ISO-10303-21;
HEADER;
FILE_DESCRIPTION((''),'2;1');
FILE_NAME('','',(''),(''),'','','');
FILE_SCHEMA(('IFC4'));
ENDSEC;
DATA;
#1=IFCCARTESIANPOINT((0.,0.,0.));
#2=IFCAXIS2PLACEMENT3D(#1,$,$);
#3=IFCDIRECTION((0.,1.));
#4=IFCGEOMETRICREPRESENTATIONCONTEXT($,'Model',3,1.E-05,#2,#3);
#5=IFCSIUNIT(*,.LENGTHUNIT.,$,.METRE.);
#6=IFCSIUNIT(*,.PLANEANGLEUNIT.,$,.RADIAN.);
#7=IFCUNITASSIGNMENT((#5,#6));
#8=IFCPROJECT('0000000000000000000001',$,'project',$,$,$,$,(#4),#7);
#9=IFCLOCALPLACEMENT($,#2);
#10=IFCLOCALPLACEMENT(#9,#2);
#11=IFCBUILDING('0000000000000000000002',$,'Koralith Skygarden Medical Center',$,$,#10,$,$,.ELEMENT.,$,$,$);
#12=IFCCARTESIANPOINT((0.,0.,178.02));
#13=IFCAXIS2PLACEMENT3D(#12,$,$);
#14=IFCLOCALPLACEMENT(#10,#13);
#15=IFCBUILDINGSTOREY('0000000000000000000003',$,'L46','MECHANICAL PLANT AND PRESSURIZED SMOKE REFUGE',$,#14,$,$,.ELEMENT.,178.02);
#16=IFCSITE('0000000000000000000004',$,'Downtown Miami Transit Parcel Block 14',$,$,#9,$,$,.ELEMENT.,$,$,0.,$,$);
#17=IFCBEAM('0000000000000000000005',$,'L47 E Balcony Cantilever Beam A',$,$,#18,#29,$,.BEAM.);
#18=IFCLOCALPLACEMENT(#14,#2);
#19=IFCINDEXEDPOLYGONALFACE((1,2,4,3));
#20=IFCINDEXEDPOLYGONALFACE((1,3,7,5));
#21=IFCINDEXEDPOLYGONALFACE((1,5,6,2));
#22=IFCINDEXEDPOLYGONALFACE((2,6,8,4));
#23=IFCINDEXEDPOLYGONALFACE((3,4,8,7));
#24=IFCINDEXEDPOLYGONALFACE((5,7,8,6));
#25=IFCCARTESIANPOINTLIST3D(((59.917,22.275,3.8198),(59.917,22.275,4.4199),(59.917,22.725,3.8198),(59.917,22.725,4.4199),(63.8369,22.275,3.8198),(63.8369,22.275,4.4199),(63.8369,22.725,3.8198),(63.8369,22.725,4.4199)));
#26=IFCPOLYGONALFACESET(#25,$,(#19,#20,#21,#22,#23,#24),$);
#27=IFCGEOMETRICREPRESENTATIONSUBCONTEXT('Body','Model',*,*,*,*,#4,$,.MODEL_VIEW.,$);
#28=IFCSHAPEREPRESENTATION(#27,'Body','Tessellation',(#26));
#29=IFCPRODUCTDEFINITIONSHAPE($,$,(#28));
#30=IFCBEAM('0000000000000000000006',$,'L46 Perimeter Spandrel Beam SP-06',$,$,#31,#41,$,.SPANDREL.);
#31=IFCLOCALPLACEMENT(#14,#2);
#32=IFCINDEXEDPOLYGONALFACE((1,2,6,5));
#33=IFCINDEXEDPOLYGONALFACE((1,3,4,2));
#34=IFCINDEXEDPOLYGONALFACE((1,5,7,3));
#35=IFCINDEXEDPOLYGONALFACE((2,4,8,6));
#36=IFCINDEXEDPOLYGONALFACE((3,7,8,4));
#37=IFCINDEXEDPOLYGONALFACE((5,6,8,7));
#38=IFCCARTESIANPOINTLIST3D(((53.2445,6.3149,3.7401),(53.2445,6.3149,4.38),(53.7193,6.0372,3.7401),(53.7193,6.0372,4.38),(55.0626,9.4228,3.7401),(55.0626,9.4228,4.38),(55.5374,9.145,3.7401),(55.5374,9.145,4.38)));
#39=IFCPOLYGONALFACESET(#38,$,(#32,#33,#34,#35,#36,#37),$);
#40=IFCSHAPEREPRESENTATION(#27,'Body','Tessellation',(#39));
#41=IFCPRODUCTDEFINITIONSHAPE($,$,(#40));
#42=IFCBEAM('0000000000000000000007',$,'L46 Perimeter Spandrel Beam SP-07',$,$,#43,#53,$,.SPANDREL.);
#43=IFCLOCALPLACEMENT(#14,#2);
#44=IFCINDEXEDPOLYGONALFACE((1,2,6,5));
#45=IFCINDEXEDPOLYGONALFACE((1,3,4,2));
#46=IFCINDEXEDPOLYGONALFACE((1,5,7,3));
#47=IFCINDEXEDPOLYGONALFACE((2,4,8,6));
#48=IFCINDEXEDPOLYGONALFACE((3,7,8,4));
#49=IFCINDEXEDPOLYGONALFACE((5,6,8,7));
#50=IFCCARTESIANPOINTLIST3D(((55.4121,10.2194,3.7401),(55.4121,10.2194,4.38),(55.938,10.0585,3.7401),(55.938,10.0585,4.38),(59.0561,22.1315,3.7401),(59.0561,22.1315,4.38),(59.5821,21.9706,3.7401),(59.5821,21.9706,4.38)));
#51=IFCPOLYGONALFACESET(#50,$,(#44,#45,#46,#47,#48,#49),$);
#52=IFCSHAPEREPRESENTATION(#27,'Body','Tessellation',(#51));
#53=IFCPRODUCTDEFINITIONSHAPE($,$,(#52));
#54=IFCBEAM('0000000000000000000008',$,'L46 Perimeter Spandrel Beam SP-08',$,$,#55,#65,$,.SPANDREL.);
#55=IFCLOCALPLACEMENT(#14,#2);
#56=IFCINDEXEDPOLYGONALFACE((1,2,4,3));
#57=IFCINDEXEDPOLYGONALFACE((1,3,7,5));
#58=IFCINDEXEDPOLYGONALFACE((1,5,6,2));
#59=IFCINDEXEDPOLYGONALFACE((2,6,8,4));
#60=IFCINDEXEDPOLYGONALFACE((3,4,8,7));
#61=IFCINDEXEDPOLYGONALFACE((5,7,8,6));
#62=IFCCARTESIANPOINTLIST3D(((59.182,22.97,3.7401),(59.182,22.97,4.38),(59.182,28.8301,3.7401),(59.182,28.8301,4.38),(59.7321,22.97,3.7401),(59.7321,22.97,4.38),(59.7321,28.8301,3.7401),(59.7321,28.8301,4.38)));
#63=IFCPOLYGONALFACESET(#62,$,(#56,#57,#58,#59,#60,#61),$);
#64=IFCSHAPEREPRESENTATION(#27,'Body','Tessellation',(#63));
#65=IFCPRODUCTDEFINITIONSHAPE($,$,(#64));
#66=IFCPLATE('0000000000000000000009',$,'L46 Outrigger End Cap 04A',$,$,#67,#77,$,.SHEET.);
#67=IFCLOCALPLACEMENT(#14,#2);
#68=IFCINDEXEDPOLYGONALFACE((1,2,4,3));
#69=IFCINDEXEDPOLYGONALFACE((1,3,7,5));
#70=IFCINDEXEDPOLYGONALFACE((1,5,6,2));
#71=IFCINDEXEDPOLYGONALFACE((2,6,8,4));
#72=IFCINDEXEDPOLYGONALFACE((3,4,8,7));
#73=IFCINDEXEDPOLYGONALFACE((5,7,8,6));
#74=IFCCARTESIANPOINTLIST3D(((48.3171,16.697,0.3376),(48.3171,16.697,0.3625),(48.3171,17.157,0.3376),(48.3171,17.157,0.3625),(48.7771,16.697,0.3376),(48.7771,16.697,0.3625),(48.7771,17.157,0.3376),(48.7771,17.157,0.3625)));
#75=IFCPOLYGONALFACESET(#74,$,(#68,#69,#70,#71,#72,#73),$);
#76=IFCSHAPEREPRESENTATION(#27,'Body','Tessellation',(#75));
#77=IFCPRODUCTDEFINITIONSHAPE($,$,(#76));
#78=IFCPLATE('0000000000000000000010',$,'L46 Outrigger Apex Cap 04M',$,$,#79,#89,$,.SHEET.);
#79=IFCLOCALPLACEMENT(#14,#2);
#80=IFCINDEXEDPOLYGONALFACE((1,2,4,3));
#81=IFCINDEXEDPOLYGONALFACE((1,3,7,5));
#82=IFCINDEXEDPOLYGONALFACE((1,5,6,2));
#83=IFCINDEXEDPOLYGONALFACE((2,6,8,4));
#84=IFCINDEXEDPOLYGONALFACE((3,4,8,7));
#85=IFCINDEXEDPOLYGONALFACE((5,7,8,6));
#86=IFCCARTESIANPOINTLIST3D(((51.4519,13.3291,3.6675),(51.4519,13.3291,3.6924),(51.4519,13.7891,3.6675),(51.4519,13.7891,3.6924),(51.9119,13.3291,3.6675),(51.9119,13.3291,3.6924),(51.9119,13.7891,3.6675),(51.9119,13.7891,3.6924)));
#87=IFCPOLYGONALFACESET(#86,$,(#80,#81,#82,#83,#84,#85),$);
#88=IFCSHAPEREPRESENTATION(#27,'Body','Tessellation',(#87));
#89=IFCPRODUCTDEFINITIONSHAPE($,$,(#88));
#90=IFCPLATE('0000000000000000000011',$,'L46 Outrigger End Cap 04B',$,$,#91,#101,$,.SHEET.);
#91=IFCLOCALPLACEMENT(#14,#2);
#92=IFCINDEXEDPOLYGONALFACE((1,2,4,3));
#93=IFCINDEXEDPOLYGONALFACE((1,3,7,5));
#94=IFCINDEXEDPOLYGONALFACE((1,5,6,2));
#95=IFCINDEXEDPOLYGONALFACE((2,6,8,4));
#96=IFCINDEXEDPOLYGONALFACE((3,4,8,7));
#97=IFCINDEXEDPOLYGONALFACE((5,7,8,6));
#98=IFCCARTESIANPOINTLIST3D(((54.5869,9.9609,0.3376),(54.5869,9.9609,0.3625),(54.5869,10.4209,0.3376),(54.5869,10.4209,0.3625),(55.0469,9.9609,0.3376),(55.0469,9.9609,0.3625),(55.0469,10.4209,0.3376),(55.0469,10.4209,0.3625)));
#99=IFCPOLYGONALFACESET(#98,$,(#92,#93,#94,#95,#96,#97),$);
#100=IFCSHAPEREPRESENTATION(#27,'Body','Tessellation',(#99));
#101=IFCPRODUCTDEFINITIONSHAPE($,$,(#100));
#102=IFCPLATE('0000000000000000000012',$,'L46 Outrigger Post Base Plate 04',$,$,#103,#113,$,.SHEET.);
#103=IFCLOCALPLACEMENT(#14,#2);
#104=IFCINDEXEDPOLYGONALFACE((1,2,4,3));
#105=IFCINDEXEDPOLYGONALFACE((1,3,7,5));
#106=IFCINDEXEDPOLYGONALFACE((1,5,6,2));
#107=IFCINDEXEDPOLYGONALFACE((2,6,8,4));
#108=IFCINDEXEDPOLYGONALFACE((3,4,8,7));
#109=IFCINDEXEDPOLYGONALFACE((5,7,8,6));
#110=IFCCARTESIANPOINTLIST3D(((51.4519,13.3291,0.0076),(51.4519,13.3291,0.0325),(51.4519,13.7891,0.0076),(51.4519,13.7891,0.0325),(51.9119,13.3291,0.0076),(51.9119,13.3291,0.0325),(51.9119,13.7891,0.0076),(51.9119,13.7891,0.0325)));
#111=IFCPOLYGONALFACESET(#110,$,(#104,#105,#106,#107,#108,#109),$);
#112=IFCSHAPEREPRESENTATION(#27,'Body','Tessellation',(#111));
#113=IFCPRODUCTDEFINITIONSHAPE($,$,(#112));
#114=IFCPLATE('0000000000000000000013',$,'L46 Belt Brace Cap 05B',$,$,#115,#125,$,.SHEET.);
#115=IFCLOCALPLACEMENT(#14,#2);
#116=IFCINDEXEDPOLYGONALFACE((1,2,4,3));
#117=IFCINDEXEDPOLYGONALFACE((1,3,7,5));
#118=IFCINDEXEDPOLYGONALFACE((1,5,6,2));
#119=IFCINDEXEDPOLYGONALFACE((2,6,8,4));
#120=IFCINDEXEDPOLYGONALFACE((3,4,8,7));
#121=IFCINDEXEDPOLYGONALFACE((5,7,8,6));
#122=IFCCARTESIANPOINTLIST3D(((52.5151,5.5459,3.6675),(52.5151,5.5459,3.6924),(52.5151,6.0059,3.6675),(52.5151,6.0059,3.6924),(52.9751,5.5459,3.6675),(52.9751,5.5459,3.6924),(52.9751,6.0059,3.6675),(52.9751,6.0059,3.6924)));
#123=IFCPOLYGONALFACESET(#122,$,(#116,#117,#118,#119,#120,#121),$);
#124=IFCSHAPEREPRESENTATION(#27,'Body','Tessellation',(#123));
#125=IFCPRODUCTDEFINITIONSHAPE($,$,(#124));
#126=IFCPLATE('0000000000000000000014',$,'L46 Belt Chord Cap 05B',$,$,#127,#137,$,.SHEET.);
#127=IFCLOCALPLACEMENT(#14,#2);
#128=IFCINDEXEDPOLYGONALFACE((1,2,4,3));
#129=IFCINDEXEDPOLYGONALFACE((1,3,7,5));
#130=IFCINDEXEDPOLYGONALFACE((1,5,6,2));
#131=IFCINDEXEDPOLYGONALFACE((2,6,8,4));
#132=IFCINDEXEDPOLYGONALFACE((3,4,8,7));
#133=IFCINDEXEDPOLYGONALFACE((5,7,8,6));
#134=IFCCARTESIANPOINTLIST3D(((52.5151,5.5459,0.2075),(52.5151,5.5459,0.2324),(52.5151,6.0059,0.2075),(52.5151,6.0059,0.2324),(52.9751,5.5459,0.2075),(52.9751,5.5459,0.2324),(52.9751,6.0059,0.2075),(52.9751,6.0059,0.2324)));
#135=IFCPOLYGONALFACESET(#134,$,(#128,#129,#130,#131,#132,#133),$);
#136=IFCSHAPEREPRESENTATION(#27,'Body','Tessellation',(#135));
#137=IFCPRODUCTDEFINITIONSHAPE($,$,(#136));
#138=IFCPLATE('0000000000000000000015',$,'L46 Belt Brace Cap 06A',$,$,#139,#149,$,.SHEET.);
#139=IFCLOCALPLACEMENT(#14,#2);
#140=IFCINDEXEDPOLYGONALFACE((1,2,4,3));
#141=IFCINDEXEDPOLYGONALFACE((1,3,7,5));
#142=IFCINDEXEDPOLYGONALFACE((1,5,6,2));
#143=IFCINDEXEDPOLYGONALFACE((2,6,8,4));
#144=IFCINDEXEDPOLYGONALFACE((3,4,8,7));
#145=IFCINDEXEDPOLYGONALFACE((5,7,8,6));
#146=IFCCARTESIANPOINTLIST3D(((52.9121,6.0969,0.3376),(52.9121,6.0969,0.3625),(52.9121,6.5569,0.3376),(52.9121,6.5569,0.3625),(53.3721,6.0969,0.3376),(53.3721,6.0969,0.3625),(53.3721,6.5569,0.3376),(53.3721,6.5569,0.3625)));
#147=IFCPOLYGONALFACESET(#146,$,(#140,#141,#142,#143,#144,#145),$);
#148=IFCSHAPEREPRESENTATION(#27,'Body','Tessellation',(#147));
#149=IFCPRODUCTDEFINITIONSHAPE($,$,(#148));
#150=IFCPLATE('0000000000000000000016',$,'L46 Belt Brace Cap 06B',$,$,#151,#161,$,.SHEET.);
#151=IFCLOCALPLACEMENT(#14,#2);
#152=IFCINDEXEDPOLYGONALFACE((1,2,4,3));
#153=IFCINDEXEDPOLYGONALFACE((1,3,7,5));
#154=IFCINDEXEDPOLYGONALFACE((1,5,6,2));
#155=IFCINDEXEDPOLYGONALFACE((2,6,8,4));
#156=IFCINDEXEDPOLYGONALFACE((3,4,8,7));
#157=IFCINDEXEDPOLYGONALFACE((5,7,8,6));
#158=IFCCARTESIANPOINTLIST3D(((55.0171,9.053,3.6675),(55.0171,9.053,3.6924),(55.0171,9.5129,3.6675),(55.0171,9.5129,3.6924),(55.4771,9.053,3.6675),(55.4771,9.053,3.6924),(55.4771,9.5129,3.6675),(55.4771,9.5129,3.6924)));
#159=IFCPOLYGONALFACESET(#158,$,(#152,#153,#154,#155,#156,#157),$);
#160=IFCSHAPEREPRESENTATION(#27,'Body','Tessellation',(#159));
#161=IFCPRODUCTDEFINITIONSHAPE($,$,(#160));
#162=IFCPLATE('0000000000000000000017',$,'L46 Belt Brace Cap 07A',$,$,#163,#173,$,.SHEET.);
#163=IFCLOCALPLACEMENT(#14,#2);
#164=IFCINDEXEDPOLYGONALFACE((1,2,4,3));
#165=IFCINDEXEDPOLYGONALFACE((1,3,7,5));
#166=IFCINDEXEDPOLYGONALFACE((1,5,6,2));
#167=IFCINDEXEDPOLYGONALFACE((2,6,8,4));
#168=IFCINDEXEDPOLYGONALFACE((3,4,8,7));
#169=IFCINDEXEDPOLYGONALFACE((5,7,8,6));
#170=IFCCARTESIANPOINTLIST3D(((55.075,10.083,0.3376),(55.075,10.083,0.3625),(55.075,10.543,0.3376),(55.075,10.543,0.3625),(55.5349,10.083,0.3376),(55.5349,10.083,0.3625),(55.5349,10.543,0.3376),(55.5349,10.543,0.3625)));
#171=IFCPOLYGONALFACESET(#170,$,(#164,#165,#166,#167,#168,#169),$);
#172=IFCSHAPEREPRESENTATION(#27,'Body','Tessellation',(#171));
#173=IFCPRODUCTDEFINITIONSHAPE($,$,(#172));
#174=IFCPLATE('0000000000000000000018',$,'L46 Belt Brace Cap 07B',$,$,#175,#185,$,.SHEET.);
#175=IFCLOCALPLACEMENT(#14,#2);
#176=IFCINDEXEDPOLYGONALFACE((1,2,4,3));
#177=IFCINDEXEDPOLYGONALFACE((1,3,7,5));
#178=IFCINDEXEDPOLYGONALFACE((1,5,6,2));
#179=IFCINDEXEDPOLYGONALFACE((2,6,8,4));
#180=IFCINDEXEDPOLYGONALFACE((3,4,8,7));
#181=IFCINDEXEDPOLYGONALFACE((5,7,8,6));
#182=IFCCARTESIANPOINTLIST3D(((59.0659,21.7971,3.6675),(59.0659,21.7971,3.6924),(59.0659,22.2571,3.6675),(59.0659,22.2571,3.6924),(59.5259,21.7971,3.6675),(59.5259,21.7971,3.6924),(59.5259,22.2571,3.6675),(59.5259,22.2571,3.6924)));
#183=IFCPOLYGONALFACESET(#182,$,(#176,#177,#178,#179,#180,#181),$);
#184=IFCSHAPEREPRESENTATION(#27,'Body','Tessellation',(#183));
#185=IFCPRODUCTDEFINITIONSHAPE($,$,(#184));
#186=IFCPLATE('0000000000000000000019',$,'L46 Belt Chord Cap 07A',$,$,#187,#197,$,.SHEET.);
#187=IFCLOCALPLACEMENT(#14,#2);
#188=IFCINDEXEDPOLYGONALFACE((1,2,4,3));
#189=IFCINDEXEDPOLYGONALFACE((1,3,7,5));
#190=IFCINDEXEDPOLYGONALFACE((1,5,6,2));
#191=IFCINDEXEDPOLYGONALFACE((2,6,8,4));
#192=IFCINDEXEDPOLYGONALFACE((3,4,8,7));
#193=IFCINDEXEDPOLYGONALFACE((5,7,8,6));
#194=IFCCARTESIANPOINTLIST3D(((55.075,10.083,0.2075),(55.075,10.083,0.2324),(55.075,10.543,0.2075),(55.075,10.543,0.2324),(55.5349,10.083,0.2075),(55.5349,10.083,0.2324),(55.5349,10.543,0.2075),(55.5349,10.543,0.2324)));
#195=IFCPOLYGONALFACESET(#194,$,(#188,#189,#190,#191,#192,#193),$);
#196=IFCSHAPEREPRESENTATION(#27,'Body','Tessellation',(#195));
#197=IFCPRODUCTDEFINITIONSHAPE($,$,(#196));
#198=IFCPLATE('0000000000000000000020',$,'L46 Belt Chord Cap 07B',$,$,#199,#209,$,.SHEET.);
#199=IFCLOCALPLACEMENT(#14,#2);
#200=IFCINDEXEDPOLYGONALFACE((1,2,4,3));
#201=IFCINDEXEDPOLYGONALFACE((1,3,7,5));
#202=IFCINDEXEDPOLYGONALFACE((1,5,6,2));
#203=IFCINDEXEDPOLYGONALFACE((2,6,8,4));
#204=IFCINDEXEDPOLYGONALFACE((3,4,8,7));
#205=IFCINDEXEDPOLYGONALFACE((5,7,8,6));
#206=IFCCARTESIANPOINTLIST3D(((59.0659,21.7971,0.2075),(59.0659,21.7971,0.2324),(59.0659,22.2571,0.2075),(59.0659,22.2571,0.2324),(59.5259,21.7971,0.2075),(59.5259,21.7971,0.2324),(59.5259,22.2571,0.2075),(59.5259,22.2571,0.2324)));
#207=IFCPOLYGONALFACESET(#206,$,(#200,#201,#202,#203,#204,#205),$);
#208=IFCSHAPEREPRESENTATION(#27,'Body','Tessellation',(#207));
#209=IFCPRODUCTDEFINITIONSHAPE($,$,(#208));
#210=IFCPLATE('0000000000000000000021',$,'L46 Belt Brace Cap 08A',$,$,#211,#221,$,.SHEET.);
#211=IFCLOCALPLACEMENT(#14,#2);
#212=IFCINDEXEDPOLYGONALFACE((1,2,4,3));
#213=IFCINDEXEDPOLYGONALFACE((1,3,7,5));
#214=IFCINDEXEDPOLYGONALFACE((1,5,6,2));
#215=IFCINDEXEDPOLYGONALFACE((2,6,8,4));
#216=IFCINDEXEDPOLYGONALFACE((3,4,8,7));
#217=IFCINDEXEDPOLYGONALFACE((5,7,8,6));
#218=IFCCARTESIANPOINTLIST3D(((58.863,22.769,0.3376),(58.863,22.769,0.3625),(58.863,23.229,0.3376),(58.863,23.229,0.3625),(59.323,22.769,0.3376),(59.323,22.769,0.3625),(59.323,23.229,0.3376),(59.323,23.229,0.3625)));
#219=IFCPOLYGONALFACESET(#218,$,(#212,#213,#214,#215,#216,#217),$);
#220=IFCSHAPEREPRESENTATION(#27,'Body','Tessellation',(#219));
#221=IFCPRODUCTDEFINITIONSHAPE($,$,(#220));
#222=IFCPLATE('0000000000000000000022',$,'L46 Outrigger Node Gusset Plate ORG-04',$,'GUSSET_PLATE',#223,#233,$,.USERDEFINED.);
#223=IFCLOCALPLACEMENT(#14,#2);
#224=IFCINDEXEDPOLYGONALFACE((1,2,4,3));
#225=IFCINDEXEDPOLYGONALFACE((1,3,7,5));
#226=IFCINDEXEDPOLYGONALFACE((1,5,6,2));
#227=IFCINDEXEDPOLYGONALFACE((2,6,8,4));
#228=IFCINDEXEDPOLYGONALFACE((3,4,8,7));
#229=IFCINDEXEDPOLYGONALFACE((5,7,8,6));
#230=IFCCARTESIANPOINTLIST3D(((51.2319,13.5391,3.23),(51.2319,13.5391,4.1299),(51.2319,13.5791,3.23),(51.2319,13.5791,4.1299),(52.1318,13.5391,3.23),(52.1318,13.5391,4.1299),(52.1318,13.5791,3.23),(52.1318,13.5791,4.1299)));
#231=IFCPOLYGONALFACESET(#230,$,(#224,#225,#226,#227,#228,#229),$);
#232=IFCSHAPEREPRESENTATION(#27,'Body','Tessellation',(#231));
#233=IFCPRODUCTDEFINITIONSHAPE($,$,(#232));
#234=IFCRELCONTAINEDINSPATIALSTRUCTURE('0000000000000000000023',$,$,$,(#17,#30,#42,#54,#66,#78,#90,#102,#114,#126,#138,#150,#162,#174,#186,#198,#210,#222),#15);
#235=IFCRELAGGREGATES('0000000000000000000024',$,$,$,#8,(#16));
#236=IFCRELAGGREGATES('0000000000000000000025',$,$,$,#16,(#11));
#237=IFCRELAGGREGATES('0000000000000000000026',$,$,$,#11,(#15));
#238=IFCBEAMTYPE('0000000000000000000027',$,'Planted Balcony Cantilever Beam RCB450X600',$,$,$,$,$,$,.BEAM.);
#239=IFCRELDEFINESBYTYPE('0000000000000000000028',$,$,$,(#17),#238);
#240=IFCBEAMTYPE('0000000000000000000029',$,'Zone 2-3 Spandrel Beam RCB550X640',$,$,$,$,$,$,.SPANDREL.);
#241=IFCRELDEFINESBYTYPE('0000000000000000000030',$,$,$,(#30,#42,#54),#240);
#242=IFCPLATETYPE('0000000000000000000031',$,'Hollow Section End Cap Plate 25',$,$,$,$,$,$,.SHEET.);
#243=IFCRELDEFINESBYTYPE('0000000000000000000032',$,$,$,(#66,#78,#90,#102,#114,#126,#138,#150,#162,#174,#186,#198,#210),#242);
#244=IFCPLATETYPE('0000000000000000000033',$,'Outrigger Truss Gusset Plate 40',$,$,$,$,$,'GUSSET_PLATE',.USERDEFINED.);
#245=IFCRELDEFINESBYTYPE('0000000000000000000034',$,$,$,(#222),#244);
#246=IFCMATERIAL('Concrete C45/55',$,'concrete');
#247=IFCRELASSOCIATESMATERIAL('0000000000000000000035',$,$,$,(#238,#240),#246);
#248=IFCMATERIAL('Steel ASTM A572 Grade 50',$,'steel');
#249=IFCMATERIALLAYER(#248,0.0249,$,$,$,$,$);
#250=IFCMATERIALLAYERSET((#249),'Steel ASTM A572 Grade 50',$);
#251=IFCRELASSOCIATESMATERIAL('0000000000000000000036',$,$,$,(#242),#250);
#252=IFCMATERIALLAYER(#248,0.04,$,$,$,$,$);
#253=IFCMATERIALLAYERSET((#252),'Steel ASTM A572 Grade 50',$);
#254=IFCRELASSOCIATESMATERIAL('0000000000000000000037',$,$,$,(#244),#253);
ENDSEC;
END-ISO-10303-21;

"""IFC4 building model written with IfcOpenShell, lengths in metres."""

from ifc_helpers import new_model, si_unit, direction, frame, origin, origin_2d, place, context, subcontext, project, spatial, rectangle, extrude, material, layer, layer_set, material_profile, profile_set, type_object, element, save


model = new_model("IFC4")

# Units and contexts
model_context = context("Model", 3, precision=1e-05, world=origin(), true_north=direction((0.0, 1.0)))
body_context = subcontext(model_context, "Body", "Model", "MODEL_VIEW")
ifc_project = project(units=[si_unit("LENGTHUNIT", "METRE"), si_unit("PLANEANGLEUNIT", "RADIAN")], contexts=[model_context])

# Site, building, storey
site_placement = place(None, origin())
site = spatial("IfcSite", under=ifc_project, at=site_placement, Name="Downtown Miami Transit Parcel Block 14", CompositionType="ELEMENT", RefElevation=0.0)
building_placement = place(site_placement, origin())
building = spatial("IfcBuilding", under=site, at=building_placement, Name="Koralith Skygarden Medical Center", CompositionType="ELEMENT")
storey_placement = place(building_placement, frame((0.0, 0.0, 178.02)))
storey = spatial("IfcBuildingStorey", under=building, at=storey_placement, Name="L46", Description="MECHANICAL PLANT AND PRESSURIZED SMOKE REFUGE", CompositionType="ELEMENT", Elevation=178.02)

# Beams
ifc_material_1 = material(Name="Concrete C45/55", Category="concrete")
ifc_material_profile_1 = material_profile(ifc_material_1, rectangle(XDim=0.45, YDim=0.6001, at=origin_2d()), Name="RCB450X600")
ifc_profile_set_1 = profile_set([ifc_material_profile_1], Name="Concrete C45/55")
beam_type_1 = type_object("IfcBeamType", Name="Planted Balcony Cantilever Beam RCB450X600", PredefinedType="BEAM", material=ifc_profile_set_1)
beam_1_placement = place(storey_placement, frame((59.917, 22.5, 4.1199), z_axis=(1.0, 0.0, 0.0), x_axis=(0.0, 1.0, 0.0)))
element("IfcBeam", 1, at=beam_1_placement, inside=storey, type_object=beam_type_1, Name="L47 E Balcony Cantilever Beam A", PredefinedType="BEAM", context=body_context, shape_type="SweptSolid", body=[
    extrude(rectangle(XDim=0.45, YDim=0.6001, at=origin_2d()), origin(), (0.0, 0.0, 1.0), 3.9199),
])
ifc_material_profile_2 = material_profile(ifc_material_1, rectangle(XDim=0.55, YDim=0.6399, at=origin_2d()), Name="RCB550X640")
ifc_profile_set_2 = profile_set([ifc_material_profile_2], Name="Concrete C45/55")
beam_type_2 = type_object("IfcBeamType", Name="Zone 2-3 Spandrel Beam RCB550X640", PredefinedType="SPANDREL", material=ifc_profile_set_2)
beam_2_placement = place(storey_placement, frame((53.4819, 6.176, 4.0601), z_axis=(0.504941, 0.863154, 0.0), x_axis=(-0.863154, 0.504941, 0.0)))
element("IfcBeam", 2, at=beam_2_placement, inside=storey, type_object=beam_type_2, Name="L46 Perimeter Spandrel Beam SP-06", PredefinedType="SPANDREL", context=body_context, shape_type="SweptSolid", body=[
    extrude(rectangle(XDim=0.55, YDim=0.6399, at=origin_2d()), origin(), (0.0, 0.0, 1.0), 3.6006),
])
beam_3_placement = place(storey_placement, frame((55.675, 10.1389, 4.0601), z_axis=(0.292529, 0.956257, 0.0), x_axis=(-0.956257, 0.292529, 0.0)))
element("IfcBeam", 3, at=beam_3_placement, inside=storey, type_object=beam_type_2, Name="L46 Perimeter Spandrel Beam SP-07", PredefinedType="SPANDREL", context=body_context, shape_type="SweptSolid", body=[
    extrude(rectangle(XDim=0.55, YDim=0.6399, at=origin_2d()), origin(), (0.0, 0.0, 1.0), 12.457),
])
beam_4_placement = place(storey_placement, frame((59.457, 22.97, 4.0601), z_axis=(0.0, 1.0, 0.0), x_axis=(-1.0, 0.0, 0.0)))
element("IfcBeam", 4, at=beam_4_placement, inside=storey, type_object=beam_type_2, Name="L46 Perimeter Spandrel Beam SP-08", PredefinedType="SPANDREL", context=body_context, shape_type="SweptSolid", body=[
    extrude(rectangle(XDim=0.55, YDim=0.6399, at=origin_2d()), origin(), (0.0, 0.0, 1.0), 5.8601),
])

# Plates
ifc_material_2 = material(Name="Steel ASTM A572 Grade 50", Category="steel")
ifc_layer_1 = layer(ifc_material_2, 0.0249)
ifc_layer_set_1 = layer_set([ifc_layer_1], Name="Steel ASTM A572 Grade 50")
plate_type_1 = type_object("IfcPlateType", Name="Hollow Section End Cap Plate 25", PredefinedType="SHEET", material=ifc_layer_set_1)
for number, where, z_axis, x_axis, name in (
    (5, (48.5471, 16.927, 0.3376), (0.0, 0.0, 1.0), (1.0, 0.0, 0.0), "L46 Outrigger End Cap 04A"),
    (6, (51.6819, 13.5591, 3.6675), (0.0, 0.0, 1.0), (1.0, 0.0, 0.0), "L46 Outrigger Apex Cap 04M"),
    (7, (54.8169, 10.1909, 0.3376), (0.0, 0.0, 1.0), (1.0, 0.0, 0.0), "L46 Outrigger End Cap 04B"),
    (8, (51.6819, 13.5591, 0.0076), (0.0, 0.0, 1.0), (1.0, 0.0, 0.0), "L46 Outrigger Post Base Plate 04"),
    (9, (52.7451, 5.7759, 3.6675), (0.0, 0.0, 1.0), (1.0, 0.0, 0.0), "L46 Belt Brace Cap 05B"),
    (10, (52.7451, 5.7759, 0.2075), (0.0, 0.0, 1.0), (1.0, 0.0, 0.0), "L46 Belt Chord Cap 05B"),
    (11, (53.1421, 6.3269, 0.3376), (0.0, 0.0, 1.0), (1.0, 0.0, 0.0), "L46 Belt Brace Cap 06A"),
    (12, (55.2471, 9.283, 3.6675), (0.0, 0.0, 1.0), (1.0, 0.0, 0.0), "L46 Belt Brace Cap 06B"),
    (13, (55.3049, 10.313, 0.3376), (0.0, 0.0, 1.0), (1.0, 0.0, 0.0), "L46 Belt Brace Cap 07A"),
    (14, (59.2959, 22.0271, 3.6675), (0.0, 0.0, 1.0), (1.0, 0.0, 0.0), "L46 Belt Brace Cap 07B"),
    (15, (55.3049, 10.313, 0.2075), (0.0, 0.0, 1.0), (1.0, 0.0, 0.0), "L46 Belt Chord Cap 07A"),
    (16, (59.2959, 22.0271, 0.2075), (0.0, 0.0, 1.0), (1.0, 0.0, 0.0), "L46 Belt Chord Cap 07B"),
    (17, (59.093, 22.999, 0.3376), (0.0, 0.0, 1.0), (1.0, 0.0, 0.0), "L46 Belt Brace Cap 08A"),
):
    element("IfcPlate", number, at=place(storey_placement, frame(where, z_axis=z_axis, x_axis=x_axis)), inside=storey, type_object=plate_type_1, Name=name, PredefinedType="SHEET", context=body_context, shape_type="SweptSolid", body=[
        extrude(rectangle(XDim=0.46, YDim=0.46, at=origin_2d()), origin(), (0.0, 0.0, 1.0), 0.0249),
    ])
ifc_layer_2 = layer(ifc_material_2, 0.04)
ifc_layer_set_2 = layer_set([ifc_layer_2], Name="Steel ASTM A572 Grade 50")
plate_type_2 = type_object("IfcPlateType", Name="Outrigger Truss Gusset Plate 40", ElementType="GUSSET_PLATE", PredefinedType="USERDEFINED", material=ifc_layer_set_2)
plate_placement = place(storey_placement, frame((51.6819, 13.5591, 3.23), z_axis=(0.0, 0.0, 1.0), x_axis=(1.0, 0.0, 0.0)))
element("IfcPlate", 18, at=plate_placement, inside=storey, type_object=plate_type_2, Name="L46 Outrigger Node Gusset Plate ORG-04", ObjectType="GUSSET_PLATE", PredefinedType="USERDEFINED", context=body_context, shape_type="SweptSolid", body=[
    extrude(rectangle(XDim=0.8999, YDim=0.04, at=origin_2d()), origin(), (0.0, 0.0, 1.0), 0.8999),
])

save(model, "model.ifc")
